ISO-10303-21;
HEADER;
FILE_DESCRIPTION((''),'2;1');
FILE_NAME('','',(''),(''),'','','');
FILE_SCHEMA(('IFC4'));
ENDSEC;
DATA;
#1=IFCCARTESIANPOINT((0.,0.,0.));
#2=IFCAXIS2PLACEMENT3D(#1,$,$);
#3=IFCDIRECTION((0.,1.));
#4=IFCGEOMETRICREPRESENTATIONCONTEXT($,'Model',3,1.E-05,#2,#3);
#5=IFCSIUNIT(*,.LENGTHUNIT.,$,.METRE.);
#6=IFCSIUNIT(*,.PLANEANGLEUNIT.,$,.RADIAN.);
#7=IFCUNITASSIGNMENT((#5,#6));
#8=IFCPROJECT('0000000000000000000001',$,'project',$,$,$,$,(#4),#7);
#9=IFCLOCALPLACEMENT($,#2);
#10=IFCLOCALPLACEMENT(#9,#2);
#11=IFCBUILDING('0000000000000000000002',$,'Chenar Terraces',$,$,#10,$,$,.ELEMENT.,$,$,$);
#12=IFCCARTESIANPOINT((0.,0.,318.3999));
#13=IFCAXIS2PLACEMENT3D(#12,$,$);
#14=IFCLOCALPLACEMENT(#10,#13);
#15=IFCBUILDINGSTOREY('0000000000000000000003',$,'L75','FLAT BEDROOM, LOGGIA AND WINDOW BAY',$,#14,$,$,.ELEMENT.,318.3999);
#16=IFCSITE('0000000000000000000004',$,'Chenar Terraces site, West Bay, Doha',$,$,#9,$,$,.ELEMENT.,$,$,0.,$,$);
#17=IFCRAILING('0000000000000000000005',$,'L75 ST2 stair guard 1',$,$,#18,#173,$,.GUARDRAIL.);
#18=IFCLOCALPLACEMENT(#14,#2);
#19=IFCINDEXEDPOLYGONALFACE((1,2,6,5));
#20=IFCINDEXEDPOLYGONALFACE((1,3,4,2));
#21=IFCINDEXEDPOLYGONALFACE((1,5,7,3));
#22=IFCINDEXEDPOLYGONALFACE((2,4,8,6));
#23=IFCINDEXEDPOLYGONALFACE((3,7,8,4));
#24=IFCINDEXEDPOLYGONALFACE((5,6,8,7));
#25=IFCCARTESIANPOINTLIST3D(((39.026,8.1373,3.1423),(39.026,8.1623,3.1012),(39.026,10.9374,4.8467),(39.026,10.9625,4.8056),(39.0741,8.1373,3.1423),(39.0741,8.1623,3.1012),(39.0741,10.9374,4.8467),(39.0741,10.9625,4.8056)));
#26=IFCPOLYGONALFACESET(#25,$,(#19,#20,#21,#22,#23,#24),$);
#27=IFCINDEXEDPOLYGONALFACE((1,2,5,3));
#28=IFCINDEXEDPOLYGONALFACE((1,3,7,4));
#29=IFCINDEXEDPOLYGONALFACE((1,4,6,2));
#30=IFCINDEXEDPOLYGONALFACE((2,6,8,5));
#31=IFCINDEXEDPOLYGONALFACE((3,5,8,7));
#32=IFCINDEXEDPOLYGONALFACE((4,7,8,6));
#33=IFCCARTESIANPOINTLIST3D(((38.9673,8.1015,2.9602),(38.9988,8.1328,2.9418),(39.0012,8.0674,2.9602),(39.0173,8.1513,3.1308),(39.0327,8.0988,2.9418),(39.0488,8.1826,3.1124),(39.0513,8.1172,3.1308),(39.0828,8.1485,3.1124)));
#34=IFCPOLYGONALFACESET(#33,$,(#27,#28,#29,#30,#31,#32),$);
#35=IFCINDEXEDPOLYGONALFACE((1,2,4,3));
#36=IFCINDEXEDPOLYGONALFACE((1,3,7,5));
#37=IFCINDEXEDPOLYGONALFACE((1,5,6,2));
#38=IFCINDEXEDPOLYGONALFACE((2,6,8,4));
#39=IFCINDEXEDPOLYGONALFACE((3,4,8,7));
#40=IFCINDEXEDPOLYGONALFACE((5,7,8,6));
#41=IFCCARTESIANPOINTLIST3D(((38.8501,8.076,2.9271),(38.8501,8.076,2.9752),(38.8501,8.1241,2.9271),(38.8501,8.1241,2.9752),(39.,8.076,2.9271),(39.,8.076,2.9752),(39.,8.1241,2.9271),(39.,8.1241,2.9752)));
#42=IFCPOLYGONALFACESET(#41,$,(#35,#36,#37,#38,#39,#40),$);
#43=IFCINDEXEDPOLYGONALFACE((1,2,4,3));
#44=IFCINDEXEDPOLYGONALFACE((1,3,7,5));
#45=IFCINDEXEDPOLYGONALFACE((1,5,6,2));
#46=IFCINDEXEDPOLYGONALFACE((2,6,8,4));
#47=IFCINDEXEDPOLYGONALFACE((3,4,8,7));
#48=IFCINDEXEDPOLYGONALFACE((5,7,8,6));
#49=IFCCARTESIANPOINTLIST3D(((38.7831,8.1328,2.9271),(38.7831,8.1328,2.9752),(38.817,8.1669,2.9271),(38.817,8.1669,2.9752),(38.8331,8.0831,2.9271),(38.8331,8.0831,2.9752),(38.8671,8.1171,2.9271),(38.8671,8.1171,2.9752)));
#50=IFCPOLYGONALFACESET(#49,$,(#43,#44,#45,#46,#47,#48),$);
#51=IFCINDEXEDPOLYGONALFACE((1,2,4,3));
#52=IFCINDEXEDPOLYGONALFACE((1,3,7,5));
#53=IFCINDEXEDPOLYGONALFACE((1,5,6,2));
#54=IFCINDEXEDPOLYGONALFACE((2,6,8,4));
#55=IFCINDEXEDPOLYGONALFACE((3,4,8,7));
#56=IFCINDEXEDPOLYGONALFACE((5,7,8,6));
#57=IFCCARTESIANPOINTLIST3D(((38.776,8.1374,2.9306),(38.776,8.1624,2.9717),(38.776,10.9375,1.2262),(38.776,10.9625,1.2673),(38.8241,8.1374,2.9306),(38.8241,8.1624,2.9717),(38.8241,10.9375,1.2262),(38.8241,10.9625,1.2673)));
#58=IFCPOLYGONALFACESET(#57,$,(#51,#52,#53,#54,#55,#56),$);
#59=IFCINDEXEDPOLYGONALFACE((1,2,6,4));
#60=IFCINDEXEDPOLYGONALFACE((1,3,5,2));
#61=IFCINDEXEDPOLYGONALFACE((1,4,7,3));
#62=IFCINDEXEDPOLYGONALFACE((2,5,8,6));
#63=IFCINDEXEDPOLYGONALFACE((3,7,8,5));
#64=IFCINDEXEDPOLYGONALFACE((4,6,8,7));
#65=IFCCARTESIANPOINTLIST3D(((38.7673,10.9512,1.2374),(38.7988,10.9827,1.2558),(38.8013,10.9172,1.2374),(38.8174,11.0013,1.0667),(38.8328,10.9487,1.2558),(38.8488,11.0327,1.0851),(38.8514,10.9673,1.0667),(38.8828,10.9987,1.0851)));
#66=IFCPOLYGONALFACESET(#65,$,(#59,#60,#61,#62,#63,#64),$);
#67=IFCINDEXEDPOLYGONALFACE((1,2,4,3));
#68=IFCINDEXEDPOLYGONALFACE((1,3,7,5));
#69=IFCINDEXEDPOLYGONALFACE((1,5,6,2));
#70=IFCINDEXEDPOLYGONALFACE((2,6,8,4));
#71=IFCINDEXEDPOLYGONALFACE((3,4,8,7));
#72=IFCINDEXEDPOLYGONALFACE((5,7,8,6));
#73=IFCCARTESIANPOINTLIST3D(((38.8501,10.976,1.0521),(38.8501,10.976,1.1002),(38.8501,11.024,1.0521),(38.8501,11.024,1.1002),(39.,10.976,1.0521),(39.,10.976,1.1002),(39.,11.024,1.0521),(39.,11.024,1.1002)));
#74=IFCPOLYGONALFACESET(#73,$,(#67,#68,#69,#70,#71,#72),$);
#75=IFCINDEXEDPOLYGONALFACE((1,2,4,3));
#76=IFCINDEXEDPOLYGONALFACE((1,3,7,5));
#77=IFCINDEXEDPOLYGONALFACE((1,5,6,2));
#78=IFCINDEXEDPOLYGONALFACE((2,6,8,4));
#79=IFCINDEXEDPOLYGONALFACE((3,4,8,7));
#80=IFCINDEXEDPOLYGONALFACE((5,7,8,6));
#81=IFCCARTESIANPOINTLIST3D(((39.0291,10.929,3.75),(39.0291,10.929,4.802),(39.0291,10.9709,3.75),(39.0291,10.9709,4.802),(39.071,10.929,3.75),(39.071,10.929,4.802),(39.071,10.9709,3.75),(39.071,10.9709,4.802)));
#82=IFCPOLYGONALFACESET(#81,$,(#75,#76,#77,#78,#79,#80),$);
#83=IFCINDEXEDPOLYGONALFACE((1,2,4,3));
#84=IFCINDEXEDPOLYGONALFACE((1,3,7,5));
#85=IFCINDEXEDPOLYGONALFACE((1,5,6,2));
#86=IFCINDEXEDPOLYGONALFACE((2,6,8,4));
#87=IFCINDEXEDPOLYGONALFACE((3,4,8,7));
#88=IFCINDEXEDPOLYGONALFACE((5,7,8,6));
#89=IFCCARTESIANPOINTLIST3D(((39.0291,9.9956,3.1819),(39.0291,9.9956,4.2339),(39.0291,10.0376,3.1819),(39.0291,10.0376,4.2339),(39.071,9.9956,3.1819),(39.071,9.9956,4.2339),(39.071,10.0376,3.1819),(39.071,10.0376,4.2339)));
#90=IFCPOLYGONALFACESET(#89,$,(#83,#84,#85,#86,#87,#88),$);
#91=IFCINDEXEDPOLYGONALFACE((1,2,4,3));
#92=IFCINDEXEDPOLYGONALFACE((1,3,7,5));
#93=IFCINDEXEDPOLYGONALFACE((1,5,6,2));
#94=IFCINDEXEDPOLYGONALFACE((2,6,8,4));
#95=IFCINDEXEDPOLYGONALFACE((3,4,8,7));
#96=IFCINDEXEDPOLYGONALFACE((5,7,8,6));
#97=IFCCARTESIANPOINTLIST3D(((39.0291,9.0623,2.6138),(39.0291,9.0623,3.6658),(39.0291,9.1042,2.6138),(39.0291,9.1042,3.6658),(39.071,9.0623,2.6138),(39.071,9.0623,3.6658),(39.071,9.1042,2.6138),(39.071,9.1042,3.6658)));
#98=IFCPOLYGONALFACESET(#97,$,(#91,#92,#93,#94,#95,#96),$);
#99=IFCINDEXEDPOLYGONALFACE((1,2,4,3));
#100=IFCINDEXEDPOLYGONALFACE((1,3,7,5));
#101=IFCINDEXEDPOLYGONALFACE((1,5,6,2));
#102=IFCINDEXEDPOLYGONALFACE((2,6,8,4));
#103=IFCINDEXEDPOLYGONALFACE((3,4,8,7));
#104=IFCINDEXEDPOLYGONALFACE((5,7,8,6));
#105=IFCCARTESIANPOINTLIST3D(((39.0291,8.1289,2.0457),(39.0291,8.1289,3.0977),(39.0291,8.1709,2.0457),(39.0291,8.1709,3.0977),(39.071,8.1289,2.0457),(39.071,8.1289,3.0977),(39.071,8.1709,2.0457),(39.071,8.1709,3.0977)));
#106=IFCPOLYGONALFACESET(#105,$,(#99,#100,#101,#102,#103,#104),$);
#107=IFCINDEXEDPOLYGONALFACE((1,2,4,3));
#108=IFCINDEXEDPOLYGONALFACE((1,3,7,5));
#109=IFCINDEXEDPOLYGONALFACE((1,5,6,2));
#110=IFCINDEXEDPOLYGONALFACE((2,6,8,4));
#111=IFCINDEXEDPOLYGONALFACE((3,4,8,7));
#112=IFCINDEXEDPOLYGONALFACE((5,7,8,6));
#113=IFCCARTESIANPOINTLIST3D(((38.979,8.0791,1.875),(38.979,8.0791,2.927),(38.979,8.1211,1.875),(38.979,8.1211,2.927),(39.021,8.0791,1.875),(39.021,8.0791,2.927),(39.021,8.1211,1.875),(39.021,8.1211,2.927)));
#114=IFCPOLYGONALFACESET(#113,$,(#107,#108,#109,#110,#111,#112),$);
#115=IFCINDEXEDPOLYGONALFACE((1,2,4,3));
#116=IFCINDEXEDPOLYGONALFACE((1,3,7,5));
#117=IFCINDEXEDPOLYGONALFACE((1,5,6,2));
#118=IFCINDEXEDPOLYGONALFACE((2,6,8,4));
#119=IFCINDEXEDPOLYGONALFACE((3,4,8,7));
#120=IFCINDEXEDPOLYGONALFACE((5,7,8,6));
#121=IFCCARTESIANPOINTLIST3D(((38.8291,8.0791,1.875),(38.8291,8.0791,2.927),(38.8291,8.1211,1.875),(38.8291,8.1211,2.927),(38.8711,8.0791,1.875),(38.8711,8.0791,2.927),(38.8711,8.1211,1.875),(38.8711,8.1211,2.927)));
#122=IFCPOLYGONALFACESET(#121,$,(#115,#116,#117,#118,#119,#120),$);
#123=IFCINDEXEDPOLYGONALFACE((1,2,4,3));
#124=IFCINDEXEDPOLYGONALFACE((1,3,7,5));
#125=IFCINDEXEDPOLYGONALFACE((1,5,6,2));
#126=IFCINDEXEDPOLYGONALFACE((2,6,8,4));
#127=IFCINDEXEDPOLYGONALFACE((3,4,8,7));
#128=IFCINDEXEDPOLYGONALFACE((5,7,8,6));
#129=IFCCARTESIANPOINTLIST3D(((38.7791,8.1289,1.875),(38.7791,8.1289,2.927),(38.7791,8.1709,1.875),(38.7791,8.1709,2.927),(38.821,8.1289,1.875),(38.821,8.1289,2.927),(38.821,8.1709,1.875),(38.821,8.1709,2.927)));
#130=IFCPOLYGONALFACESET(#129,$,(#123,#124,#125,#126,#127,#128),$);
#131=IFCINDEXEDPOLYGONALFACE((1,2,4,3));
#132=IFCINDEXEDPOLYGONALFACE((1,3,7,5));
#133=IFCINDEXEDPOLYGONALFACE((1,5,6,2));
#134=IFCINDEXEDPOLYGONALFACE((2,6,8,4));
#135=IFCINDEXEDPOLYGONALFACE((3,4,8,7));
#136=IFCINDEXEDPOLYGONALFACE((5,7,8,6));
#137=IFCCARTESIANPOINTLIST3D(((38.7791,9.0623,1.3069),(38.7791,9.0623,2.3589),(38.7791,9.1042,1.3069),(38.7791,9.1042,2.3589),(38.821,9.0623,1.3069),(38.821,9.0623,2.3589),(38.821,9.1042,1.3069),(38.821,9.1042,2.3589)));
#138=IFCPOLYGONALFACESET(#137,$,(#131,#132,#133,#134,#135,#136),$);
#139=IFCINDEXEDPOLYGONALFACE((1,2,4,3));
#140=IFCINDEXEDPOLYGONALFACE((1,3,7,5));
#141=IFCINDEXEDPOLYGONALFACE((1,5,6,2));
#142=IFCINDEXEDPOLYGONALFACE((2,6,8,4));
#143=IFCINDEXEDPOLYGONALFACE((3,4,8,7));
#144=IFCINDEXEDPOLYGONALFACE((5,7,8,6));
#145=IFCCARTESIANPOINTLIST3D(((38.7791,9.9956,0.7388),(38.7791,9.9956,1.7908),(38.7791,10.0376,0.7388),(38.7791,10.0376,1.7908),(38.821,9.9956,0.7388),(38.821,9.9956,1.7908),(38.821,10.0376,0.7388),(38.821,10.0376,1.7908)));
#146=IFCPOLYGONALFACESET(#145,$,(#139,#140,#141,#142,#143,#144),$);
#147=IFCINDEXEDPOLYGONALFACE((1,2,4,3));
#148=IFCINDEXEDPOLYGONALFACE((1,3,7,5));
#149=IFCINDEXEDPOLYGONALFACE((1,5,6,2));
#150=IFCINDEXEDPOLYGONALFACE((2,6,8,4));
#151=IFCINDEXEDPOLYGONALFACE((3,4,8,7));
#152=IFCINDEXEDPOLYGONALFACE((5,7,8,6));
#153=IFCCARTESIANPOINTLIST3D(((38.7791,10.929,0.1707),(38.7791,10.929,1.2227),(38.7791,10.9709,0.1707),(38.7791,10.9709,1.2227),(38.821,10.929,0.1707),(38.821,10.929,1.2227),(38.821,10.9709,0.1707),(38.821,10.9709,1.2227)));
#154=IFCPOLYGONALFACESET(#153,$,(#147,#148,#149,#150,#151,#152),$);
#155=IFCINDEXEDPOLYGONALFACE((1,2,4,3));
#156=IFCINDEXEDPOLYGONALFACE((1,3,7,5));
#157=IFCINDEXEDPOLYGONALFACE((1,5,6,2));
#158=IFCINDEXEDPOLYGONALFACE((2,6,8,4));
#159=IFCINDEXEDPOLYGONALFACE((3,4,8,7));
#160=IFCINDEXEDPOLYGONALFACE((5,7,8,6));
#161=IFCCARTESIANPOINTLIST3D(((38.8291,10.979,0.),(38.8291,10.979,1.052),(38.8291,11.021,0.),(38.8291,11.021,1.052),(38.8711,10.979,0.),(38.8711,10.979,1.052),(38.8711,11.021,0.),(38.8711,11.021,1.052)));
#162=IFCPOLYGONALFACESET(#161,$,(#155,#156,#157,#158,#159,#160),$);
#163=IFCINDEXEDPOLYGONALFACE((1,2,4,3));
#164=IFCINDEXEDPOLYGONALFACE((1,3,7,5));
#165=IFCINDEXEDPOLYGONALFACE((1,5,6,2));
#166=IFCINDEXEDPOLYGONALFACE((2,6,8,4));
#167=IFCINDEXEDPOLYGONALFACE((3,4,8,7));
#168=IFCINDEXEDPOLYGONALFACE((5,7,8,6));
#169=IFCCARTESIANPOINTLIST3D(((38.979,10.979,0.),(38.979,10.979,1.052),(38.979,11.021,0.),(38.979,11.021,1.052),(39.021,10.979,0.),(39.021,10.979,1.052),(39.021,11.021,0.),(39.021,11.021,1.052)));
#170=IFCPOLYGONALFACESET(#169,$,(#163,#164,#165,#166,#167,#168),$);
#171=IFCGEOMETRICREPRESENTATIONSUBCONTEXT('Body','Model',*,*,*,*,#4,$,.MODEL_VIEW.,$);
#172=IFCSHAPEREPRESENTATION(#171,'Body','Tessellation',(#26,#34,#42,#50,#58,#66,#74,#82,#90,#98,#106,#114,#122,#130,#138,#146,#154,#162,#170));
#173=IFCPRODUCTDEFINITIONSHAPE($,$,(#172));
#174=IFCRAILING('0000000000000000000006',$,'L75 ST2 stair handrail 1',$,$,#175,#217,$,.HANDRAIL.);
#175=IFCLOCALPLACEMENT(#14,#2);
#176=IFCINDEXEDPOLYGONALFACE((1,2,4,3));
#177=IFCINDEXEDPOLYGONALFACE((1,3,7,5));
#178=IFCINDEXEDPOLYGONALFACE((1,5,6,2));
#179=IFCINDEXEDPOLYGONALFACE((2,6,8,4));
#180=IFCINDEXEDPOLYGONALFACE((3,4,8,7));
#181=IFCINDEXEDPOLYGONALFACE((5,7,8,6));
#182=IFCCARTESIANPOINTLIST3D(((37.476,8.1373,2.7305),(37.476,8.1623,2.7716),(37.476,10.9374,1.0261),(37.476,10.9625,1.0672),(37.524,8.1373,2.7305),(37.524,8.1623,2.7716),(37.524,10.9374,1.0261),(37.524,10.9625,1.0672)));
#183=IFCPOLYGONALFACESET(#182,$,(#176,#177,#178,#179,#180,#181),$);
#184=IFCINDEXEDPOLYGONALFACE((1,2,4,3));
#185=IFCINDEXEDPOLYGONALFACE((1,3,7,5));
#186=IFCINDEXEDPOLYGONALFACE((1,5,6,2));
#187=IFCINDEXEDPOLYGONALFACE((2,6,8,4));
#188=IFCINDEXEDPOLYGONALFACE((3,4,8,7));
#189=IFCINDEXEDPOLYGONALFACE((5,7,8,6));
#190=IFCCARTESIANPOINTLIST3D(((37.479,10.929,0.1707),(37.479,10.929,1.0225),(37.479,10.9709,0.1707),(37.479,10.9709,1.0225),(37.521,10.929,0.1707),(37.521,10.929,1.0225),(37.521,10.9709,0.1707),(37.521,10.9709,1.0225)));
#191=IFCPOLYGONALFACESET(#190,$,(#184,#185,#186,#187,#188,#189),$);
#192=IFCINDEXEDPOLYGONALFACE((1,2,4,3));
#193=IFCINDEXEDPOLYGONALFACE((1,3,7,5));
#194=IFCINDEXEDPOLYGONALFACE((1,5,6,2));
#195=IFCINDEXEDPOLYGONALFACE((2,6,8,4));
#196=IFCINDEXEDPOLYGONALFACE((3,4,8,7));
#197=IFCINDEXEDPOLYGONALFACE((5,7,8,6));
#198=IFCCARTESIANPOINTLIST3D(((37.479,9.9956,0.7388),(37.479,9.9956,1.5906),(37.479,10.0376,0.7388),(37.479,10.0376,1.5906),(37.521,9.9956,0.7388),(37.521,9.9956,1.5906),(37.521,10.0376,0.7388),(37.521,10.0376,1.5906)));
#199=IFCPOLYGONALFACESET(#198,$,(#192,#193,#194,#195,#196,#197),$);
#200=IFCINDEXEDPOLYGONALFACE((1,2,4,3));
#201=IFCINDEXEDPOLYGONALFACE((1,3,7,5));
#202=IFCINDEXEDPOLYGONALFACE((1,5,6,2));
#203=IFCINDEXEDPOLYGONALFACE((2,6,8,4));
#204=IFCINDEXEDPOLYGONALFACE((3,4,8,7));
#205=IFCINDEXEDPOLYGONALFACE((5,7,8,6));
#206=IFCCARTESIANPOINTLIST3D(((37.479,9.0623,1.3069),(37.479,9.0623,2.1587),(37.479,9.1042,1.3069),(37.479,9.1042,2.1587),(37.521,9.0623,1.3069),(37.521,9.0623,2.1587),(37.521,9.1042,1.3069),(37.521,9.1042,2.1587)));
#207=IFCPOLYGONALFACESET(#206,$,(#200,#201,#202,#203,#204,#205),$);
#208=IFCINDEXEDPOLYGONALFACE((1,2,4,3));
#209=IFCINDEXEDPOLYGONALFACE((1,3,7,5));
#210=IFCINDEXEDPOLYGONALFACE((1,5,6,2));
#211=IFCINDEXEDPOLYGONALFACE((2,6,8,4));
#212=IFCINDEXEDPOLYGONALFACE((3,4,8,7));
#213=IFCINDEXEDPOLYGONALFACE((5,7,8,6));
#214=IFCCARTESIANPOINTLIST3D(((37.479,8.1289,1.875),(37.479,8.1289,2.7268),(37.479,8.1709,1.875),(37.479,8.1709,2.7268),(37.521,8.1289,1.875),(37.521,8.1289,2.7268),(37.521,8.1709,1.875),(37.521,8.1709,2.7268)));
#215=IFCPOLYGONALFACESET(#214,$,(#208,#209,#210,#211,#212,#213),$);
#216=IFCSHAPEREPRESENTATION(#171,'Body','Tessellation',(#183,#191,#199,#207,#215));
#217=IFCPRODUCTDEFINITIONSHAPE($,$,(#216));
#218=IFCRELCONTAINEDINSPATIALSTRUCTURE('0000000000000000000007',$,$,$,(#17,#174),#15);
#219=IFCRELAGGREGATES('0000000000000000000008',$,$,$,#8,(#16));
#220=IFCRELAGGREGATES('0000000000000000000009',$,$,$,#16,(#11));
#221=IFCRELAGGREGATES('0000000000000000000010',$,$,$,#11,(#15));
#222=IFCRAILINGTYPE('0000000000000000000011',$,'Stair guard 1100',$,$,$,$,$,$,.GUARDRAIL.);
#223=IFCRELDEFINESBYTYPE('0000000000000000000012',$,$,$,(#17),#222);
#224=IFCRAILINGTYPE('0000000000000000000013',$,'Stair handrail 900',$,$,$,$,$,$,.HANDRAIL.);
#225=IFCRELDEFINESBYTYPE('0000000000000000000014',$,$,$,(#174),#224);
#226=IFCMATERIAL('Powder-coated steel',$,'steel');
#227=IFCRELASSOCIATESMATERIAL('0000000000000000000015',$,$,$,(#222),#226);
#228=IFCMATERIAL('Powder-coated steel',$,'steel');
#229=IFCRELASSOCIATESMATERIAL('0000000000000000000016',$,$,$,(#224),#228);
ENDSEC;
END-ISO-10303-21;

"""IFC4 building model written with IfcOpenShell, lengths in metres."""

from ifc_helpers import new_model, si_unit, direction, frame, origin, origin_2d, place, context, subcontext, project, spatial, rectangle, extrude, material, type_object, element, save


model = new_model("IFC4")

# Units and contexts
model_context = context("Model", 3, precision=1e-05, world=origin(), true_north=direction((0.0, 1.0)))
body_context = subcontext(model_context, "Body", "Model", "MODEL_VIEW")
ifc_project = project(units=[si_unit("LENGTHUNIT", "METRE"), si_unit("PLANEANGLEUNIT", "RADIAN")], contexts=[model_context])

# Site, building, storey
site_placement = place(None, origin())
site = spatial("IfcSite", under=ifc_project, at=site_placement, Name="Chenar Terraces site, West Bay, Doha", CompositionType="ELEMENT", RefElevation=0.0)
building_placement = place(site_placement, origin())
building = spatial("IfcBuilding", under=site, at=building_placement, Name="Chenar Terraces", CompositionType="ELEMENT")
storey_placement = place(building_placement, frame((0.0, 0.0, 318.3999)))
storey = spatial("IfcBuildingStorey", under=building, at=storey_placement, Name="L75", Description="FLAT BEDROOM, LOGGIA AND WINDOW BAY", CompositionType="ELEMENT", Elevation=318.3999)

# Railings
ifc_material_1 = material(Name="Powder-coated steel", Category="steel")
railing_type_1 = type_object("IfcRailingType", Name="Stair guard 1100", PredefinedType="GUARDRAIL", material=ifc_material_1)
railing_1_placement = place(storey_placement, frame((39.05, 10.95, 3.75)))
element("IfcRailing", 1, at=railing_1_placement, inside=storey, type_object=railing_type_1, Name="L75 ST2 stair guard 1", PredefinedType="GUARDRAIL", context=body_context, shape_type="SweptSolid", body=[
    extrude(rectangle(XDim=0.0481, YDim=0.0481, at=origin_2d()), frame((0.0, 0.0, 1.0762), z_axis=(0.0, -0.854203, -0.51994), x_axis=(1.0, 0.0, 0.0)), (0.0, 0.0, 1.0), 3.2781),
    extrude(rectangle(XDim=0.0481, YDim=0.0481, at=origin_2d()), frame((0.0, -2.8, -0.6284), z_axis=(-0.270997, -0.269675, -0.924033), x_axis=(0.705376, -0.708834, 0.0)), (0.0, 0.0, 1.0), 0.1846),
    extrude(rectangle(XDim=0.0481, YDim=0.0481, at=origin_2d()), frame((-0.05, -2.8499, -0.7988), z_axis=(-1.0, 0.0, 0.0), x_axis=(0.0, -1.0, 0.0)), (0.0, 0.0, 1.0), 0.1499),
    extrude(rectangle(XDim=0.0481, YDim=0.0481, at=origin_2d()), frame((-0.2, -2.8499, -0.7988), z_axis=(-0.708834, 0.705376, 0.0), x_axis=(-0.705376, -0.708834, 0.0)), (0.0, 0.0, 1.0), 0.0706),
    extrude(rectangle(XDim=0.0481, YDim=0.0481, at=origin_2d()), frame((-0.25, -2.8, -0.7988), z_axis=(0.0, 0.854203, -0.51994), x_axis=(-1.0, 0.0, 0.0)), (0.0, 0.0, 1.0), 3.2781),
    extrude(rectangle(XDim=0.0481, YDim=0.0481, at=origin_2d()), frame((-0.25, 0.0, -2.5034), z_axis=(0.2709, 0.2709, -0.923703), x_axis=(-0.707107, 0.707107, 0.0)), (0.0, 0.0, 1.0), 0.1848),
    extrude(rectangle(XDim=0.0481, YDim=0.0481, at=origin_2d()), frame((-0.2, 0.05, -2.6738), z_axis=(1.0, 0.0, 0.0), x_axis=(0.0, 1.0, 0.0)), (0.0, 0.0, 1.0), 0.1499),
    extrude(rectangle(XDim=0.042, YDim=0.042, at=origin_2d()), origin(), (0.0, 0.0, 1.0), 1.052),
    extrude(rectangle(XDim=0.042, YDim=0.042, at=origin_2d()), frame((0.0, -0.9333, -0.5681)), (0.0, 0.0, 1.0), 1.052),
    extrude(rectangle(XDim=0.042, YDim=0.042, at=origin_2d()), frame((0.0, -1.8667, -1.1362)), (0.0, 0.0, 1.0), 1.052),
    extrude(rectangle(XDim=0.042, YDim=0.042, at=origin_2d()), frame((0.0, -2.8, -1.7043)), (0.0, 0.0, 1.0), 1.052),
    extrude(rectangle(XDim=0.042, YDim=0.042, at=origin_2d()), frame((-0.05, -2.8499, -1.875)), (0.0, 0.0, 1.0), 1.052),
    extrude(rectangle(XDim=0.042, YDim=0.042, at=origin_2d()), frame((-0.2, -2.8499, -1.875)), (0.0, 0.0, 1.0), 1.052),
    extrude(rectangle(XDim=0.042, YDim=0.042, at=origin_2d()), frame((-0.25, -2.8, -1.875)), (0.0, 0.0, 1.0), 1.052),
    extrude(rectangle(XDim=0.042, YDim=0.042, at=origin_2d()), frame((-0.25, -1.8667, -2.4431)), (0.0, 0.0, 1.0), 1.052),
    extrude(rectangle(XDim=0.042, YDim=0.042, at=origin_2d()), frame((-0.25, -0.9333, -3.0112)), (0.0, 0.0, 1.0), 1.052),
    extrude(rectangle(XDim=0.042, YDim=0.042, at=origin_2d()), frame((-0.25, 0.0, -3.5793)), (0.0, 0.0, 1.0), 1.052),
    extrude(rectangle(XDim=0.042, YDim=0.042, at=origin_2d()), frame((-0.2, 0.05, -3.75)), (0.0, 0.0, 1.0), 1.052),
    extrude(rectangle(XDim=0.042, YDim=0.042, at=origin_2d()), frame((-0.05, 0.05, -3.75)), (0.0, 0.0, 1.0), 1.052),
])
ifc_material_2 = material(Name="Powder-coated steel", Category="steel")
railing_type_2 = type_object("IfcRailingType", Name="Stair handrail 900", PredefinedType="HANDRAIL", material=ifc_material_2)
railing_2_placement = place(storey_placement, frame((37.5, 10.95, 0.1707)))
element("IfcRailing", 2, at=railing_2_placement, inside=storey, type_object=railing_type_2, Name="L75 ST2 stair handrail 1", PredefinedType="HANDRAIL", context=body_context, shape_type="SweptSolid", body=[
    extrude(rectangle(XDim=0.0481, YDim=0.0481, at=origin_2d()), frame((0.0, 0.0, 0.876), z_axis=(0.0, -0.854203, 0.51994), x_axis=(1.0, 0.0, 0.0)), (0.0, 0.0, 1.0), 3.2781),
    extrude(rectangle(XDim=0.042, YDim=0.042, at=origin_2d()), origin(), (0.0, 0.0, 1.0), 0.8518),
    extrude(rectangle(XDim=0.042, YDim=0.042, at=origin_2d()), frame((0.0, -0.9333, 0.5681)), (0.0, 0.0, 1.0), 0.8518),
    extrude(rectangle(XDim=0.042, YDim=0.042, at=origin_2d()), frame((0.0, -1.8667, 1.1362)), (0.0, 0.0, 1.0), 0.8518),
    extrude(rectangle(XDim=0.042, YDim=0.042, at=origin_2d()), frame((0.0, -2.8, 1.7043)), (0.0, 0.0, 1.0), 0.8518),
])

save(model, "model.ifc")
